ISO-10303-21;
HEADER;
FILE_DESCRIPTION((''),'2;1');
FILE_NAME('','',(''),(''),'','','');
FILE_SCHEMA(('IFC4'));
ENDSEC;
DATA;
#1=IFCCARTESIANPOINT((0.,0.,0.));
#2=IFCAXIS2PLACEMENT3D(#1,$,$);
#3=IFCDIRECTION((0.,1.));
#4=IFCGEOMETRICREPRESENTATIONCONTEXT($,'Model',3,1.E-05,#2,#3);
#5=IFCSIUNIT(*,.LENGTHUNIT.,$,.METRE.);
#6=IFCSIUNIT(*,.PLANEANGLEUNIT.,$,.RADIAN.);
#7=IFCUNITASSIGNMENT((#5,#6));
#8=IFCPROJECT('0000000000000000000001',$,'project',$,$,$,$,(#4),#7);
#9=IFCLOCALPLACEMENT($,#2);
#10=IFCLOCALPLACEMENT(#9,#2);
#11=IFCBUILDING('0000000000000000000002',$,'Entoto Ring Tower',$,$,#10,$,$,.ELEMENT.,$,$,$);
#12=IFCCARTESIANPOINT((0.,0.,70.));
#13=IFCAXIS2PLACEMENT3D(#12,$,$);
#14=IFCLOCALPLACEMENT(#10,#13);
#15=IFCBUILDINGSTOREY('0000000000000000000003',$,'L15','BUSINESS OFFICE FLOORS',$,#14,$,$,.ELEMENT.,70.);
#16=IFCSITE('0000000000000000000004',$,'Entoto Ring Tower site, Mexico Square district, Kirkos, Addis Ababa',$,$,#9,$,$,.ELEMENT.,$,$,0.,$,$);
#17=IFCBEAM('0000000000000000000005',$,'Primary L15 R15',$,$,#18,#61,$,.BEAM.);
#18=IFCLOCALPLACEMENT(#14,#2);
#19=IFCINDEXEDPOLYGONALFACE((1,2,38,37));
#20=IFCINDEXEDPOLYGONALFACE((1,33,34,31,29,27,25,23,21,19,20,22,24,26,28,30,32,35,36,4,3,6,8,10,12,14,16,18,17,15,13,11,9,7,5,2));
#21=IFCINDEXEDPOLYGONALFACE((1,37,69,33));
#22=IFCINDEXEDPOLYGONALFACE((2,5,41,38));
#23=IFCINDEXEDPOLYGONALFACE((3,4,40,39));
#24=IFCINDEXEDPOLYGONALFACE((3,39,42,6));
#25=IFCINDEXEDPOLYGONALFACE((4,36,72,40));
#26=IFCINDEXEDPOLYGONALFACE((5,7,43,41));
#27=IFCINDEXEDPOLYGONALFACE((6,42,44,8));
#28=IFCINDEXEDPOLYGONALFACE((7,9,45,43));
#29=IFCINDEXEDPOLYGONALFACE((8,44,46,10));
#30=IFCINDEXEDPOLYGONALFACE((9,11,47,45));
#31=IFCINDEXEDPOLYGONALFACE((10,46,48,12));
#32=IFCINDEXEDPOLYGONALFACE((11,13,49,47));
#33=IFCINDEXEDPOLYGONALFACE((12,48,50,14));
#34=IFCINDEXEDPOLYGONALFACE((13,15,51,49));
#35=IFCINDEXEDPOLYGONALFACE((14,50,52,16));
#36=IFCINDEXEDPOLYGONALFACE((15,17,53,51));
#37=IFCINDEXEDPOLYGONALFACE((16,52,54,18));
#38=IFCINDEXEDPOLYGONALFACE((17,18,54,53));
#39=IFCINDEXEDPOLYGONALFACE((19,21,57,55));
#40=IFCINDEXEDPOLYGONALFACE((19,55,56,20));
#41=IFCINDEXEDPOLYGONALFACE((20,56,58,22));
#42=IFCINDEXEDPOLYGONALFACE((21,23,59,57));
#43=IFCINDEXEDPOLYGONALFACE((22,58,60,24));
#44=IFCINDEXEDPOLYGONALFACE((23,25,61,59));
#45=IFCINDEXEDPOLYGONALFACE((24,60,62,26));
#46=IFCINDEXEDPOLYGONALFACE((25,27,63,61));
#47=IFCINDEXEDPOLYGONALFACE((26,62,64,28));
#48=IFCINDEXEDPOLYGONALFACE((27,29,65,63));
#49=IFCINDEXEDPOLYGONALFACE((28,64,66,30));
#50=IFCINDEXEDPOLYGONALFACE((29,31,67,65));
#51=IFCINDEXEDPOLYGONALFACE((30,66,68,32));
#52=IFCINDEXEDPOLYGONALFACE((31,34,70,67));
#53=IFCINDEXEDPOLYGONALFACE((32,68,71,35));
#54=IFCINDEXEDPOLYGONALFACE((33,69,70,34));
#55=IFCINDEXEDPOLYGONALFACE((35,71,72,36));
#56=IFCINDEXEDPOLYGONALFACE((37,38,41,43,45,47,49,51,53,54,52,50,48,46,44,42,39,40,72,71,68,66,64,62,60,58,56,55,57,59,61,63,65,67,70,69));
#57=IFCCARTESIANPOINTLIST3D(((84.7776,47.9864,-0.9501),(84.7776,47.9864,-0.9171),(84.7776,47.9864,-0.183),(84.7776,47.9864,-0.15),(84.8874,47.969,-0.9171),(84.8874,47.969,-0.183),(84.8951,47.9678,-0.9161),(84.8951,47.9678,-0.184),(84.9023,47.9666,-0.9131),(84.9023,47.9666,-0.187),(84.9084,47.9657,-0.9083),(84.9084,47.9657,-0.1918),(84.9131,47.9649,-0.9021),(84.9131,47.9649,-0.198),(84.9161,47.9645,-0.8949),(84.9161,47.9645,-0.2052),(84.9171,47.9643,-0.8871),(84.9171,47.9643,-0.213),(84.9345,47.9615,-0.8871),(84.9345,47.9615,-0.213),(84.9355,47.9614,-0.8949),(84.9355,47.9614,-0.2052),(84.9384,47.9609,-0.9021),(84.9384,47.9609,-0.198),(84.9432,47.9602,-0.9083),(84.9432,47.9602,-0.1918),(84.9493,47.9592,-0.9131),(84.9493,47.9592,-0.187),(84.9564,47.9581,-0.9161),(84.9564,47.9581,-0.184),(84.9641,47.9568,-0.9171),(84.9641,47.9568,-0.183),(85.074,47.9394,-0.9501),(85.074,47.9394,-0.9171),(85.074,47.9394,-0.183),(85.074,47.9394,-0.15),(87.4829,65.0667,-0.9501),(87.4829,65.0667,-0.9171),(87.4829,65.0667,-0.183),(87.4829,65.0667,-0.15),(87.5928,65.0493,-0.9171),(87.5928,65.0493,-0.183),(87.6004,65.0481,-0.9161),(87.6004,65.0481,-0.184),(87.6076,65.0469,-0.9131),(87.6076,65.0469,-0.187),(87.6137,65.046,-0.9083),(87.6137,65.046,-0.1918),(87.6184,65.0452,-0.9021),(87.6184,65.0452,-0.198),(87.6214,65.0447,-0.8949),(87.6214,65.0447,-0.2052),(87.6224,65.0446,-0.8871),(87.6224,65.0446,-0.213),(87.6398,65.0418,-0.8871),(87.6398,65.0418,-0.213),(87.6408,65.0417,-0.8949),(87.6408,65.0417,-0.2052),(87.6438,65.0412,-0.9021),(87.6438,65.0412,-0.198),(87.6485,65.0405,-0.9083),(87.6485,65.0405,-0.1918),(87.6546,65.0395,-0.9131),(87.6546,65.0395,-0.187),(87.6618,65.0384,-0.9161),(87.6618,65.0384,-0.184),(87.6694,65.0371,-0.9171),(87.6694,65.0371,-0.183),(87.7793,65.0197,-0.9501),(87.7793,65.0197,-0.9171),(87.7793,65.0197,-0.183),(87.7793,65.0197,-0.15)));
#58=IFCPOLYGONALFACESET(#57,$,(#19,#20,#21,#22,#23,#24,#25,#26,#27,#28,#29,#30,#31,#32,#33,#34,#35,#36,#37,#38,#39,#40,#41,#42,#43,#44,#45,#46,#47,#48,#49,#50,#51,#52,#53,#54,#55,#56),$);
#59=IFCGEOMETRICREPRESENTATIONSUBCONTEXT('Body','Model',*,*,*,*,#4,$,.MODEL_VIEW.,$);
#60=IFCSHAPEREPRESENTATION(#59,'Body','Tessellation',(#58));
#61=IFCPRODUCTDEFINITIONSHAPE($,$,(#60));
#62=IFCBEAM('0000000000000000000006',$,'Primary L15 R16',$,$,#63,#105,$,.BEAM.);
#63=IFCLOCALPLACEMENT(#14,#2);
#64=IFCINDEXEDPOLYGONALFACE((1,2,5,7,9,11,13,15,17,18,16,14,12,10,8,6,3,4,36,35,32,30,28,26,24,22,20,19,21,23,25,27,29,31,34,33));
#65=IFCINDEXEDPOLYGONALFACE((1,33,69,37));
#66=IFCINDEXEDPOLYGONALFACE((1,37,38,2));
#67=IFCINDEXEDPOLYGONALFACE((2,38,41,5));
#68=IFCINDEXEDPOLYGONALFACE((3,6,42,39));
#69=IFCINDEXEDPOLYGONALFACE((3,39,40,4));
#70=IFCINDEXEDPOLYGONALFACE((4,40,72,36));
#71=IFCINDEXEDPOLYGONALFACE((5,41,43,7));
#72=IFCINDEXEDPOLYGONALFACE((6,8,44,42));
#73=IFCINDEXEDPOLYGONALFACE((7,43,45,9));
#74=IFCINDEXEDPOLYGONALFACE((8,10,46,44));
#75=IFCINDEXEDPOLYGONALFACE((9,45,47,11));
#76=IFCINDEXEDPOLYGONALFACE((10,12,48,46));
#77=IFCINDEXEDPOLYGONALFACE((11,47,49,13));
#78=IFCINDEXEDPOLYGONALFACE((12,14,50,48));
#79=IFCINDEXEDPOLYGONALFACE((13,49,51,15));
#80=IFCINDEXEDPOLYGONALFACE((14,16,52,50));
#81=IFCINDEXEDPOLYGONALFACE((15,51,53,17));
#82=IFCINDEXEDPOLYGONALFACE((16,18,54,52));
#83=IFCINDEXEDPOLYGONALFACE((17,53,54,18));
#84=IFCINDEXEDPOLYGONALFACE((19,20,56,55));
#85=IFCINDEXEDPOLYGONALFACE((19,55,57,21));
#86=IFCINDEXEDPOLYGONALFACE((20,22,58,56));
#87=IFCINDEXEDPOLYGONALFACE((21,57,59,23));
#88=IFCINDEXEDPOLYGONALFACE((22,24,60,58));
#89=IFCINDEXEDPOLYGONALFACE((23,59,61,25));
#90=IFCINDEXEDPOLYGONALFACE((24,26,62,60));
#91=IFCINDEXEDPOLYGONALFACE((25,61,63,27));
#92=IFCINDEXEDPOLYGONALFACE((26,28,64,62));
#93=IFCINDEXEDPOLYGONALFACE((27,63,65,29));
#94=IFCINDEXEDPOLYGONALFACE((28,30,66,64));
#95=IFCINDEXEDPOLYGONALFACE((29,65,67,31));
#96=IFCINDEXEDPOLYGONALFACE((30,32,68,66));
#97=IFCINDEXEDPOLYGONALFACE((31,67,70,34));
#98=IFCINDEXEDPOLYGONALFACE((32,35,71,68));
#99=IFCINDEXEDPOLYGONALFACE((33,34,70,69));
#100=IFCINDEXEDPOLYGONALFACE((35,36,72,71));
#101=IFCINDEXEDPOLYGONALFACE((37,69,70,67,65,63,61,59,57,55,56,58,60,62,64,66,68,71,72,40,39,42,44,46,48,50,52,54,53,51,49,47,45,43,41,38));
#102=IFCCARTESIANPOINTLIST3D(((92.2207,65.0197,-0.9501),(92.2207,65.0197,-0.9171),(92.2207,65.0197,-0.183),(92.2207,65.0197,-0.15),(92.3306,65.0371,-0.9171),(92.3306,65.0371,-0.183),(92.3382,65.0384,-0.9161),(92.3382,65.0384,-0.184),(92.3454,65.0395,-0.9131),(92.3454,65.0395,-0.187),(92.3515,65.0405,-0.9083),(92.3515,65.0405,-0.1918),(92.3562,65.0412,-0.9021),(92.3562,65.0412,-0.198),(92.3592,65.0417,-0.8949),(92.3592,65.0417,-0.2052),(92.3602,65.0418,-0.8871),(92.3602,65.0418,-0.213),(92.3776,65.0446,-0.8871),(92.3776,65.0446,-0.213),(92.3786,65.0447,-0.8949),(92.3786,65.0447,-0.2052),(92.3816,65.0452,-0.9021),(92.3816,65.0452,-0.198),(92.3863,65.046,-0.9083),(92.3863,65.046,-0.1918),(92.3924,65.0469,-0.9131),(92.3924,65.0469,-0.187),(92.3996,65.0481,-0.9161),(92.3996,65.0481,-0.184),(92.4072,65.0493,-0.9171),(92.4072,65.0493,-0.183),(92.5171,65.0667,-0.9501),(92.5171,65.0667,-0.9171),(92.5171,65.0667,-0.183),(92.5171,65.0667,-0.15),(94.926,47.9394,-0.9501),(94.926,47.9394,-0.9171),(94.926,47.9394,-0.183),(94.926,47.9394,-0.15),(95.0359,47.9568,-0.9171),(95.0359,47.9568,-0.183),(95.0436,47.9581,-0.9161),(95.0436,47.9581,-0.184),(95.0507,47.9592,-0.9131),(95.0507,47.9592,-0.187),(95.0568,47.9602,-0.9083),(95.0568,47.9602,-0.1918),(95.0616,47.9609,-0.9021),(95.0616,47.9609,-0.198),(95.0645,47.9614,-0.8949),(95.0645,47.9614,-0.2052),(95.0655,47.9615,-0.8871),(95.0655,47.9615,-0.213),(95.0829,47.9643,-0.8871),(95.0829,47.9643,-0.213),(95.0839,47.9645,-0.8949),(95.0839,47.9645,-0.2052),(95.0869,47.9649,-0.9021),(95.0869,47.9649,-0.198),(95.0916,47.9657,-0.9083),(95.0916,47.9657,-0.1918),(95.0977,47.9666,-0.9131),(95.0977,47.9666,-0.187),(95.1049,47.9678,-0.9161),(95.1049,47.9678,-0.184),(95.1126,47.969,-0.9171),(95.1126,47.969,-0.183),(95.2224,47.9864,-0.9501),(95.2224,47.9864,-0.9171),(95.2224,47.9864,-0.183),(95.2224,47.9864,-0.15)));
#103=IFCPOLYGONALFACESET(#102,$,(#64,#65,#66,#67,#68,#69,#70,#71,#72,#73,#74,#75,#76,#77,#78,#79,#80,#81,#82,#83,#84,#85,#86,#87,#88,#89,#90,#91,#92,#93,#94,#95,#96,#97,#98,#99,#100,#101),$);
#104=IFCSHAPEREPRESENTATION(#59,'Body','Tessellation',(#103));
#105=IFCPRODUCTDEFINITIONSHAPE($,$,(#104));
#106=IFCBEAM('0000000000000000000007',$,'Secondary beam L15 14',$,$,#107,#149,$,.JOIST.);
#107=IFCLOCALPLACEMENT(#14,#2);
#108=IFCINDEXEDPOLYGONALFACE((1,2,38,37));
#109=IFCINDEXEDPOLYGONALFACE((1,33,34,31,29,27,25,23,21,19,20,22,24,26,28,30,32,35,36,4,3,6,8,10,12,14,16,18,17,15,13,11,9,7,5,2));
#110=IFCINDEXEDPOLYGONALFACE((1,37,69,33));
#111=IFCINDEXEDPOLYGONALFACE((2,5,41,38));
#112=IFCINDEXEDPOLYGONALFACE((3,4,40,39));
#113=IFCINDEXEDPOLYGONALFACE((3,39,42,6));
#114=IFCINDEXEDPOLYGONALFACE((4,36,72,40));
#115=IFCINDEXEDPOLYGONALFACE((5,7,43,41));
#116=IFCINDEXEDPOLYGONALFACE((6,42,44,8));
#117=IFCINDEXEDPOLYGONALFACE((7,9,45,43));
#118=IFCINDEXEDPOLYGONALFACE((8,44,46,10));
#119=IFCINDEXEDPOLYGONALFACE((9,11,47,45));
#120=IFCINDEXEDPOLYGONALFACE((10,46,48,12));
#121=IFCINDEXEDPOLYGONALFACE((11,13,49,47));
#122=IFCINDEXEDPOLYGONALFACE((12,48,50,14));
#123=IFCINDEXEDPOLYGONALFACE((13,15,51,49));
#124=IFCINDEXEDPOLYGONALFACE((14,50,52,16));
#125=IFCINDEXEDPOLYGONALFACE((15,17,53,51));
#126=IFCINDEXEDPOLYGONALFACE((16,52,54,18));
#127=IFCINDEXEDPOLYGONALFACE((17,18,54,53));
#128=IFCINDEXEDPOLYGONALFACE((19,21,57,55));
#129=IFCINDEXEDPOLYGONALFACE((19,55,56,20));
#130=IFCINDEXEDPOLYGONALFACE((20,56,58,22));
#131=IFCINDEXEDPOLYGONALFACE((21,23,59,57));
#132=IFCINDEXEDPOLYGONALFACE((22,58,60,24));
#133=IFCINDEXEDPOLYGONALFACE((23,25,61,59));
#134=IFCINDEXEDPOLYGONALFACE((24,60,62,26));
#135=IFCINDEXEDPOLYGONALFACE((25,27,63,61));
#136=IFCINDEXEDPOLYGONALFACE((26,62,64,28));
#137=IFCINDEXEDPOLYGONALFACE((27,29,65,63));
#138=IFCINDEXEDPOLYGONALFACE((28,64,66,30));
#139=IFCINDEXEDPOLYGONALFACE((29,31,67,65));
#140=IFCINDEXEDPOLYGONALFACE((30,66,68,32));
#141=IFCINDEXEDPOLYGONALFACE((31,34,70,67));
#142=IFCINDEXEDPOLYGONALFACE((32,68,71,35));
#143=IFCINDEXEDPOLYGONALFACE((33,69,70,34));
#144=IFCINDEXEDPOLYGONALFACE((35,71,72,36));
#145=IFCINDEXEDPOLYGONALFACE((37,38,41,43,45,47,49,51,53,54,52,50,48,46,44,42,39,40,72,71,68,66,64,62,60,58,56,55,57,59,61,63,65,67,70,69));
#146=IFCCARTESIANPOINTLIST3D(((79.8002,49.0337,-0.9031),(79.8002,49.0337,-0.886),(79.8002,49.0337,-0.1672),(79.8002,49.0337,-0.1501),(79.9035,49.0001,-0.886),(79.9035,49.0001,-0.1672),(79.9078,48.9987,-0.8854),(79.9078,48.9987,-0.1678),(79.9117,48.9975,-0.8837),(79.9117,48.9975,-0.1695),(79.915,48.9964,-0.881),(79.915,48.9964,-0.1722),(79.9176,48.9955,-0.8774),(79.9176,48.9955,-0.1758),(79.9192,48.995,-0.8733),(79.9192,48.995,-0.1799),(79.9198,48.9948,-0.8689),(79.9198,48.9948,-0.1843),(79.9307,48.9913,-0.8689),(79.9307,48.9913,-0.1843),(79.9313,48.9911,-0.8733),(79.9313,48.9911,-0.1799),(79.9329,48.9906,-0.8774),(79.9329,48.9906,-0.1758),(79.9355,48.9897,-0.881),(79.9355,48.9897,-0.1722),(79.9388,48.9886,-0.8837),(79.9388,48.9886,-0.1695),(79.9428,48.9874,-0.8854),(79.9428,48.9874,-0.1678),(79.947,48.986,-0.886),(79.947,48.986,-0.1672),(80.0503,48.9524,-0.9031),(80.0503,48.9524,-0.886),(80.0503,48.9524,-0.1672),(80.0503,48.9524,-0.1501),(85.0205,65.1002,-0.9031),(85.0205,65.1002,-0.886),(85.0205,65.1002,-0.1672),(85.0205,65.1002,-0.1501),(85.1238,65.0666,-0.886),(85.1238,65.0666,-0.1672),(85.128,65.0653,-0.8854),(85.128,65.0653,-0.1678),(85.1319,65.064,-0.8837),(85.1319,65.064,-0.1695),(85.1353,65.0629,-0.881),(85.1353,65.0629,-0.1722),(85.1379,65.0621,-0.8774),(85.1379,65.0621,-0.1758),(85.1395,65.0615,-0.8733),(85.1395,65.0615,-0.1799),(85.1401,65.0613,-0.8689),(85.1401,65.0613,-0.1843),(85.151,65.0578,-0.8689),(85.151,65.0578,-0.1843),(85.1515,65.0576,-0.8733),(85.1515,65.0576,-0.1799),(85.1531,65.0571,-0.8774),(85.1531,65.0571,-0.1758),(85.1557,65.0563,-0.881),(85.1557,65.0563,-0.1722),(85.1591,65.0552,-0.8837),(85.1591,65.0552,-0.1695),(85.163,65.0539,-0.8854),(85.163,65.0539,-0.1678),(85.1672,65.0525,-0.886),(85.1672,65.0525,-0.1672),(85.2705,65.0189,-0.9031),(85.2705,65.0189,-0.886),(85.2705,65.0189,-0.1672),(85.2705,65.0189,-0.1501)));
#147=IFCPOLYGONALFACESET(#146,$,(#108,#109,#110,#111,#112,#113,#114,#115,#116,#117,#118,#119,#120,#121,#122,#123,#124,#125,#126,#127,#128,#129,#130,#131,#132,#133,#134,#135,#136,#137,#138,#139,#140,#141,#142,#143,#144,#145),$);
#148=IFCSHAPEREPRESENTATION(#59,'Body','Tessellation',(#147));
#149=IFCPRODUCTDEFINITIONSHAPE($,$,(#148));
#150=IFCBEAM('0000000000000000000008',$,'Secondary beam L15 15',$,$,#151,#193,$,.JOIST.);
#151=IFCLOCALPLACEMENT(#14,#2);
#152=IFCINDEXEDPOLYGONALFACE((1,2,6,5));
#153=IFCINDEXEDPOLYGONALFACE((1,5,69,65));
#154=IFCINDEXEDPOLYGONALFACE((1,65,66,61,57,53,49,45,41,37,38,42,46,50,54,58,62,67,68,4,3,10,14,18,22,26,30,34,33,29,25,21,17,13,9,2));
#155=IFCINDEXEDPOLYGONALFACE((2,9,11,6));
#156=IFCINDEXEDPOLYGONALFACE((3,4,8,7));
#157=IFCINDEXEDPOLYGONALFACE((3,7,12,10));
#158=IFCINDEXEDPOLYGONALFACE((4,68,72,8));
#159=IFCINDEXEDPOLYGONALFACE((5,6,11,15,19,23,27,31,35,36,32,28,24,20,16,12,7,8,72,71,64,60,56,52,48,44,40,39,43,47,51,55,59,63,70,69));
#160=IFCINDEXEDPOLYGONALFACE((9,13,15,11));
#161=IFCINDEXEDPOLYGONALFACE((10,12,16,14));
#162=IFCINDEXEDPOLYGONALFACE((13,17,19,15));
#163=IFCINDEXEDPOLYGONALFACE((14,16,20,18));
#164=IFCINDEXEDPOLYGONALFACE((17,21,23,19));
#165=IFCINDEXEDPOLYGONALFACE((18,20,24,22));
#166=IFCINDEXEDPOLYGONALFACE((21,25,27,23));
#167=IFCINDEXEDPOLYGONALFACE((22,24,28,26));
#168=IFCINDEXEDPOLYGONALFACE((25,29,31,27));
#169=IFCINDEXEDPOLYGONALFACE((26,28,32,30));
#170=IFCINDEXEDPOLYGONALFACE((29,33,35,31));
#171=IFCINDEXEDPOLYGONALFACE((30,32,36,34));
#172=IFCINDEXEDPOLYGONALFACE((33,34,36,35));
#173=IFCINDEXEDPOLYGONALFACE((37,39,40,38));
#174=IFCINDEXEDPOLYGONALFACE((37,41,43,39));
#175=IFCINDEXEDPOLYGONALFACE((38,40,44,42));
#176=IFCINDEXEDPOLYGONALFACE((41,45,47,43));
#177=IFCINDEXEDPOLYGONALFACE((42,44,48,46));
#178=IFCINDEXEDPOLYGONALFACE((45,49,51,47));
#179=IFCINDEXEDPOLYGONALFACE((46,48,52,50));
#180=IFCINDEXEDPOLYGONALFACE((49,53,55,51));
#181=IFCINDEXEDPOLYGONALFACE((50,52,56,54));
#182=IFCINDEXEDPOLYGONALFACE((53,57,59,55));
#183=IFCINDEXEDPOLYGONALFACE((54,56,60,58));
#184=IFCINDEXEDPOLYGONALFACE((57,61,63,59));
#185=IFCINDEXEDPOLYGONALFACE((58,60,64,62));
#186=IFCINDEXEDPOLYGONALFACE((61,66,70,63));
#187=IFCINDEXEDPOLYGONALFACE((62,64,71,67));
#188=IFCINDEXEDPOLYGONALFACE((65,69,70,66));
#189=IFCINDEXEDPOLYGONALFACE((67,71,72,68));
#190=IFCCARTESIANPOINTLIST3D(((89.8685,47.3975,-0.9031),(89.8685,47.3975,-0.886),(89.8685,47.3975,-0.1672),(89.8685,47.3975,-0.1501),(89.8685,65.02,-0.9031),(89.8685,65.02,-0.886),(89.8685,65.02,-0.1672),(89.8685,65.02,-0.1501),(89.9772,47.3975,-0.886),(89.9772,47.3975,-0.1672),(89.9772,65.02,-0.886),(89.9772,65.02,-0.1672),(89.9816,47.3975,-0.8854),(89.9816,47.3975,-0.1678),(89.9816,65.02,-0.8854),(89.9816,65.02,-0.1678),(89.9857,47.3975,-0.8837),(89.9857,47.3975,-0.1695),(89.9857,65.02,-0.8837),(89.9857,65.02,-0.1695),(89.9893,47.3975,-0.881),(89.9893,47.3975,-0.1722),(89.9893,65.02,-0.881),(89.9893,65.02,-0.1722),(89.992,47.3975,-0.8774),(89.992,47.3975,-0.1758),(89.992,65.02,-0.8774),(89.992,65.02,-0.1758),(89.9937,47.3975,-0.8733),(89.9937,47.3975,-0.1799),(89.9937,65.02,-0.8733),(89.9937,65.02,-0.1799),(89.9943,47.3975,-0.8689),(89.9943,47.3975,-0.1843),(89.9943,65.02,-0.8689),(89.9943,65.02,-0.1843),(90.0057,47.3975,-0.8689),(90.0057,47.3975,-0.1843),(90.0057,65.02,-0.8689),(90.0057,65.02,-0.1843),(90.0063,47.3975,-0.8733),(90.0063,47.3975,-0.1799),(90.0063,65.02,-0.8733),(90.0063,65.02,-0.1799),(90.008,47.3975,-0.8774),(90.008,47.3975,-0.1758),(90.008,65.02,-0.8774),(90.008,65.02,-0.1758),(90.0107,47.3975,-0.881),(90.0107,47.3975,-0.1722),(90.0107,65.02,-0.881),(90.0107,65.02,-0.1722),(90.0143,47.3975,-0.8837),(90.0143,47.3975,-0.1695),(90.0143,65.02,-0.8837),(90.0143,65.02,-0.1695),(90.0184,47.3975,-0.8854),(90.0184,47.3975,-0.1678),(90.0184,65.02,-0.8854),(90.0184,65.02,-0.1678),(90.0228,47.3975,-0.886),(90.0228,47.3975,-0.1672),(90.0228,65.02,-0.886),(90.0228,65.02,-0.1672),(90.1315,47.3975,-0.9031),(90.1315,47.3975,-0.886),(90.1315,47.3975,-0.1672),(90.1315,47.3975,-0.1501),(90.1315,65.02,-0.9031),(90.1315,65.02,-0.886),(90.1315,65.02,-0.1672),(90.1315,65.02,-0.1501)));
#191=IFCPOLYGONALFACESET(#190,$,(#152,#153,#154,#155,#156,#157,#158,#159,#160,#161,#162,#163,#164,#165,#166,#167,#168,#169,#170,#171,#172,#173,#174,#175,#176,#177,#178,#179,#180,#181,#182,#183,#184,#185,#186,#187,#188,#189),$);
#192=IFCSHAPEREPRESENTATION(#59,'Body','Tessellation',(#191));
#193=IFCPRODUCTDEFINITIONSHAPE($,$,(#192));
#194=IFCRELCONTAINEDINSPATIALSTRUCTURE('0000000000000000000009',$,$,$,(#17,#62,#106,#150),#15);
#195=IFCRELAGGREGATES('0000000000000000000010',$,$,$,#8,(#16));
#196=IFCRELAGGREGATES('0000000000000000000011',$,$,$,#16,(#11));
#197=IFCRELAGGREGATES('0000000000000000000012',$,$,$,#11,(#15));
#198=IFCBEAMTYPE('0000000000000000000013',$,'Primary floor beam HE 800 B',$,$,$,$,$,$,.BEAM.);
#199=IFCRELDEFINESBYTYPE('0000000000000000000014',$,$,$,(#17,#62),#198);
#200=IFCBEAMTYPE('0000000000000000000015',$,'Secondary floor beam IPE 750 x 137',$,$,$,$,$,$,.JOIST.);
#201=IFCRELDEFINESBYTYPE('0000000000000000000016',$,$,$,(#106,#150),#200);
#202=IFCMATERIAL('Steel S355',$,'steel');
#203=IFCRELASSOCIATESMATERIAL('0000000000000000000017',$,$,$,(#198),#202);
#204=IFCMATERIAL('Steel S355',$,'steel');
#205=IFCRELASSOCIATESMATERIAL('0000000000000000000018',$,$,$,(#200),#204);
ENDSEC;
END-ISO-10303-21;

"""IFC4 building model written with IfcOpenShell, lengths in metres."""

from ifc_helpers import new_model, si_unit, direction, frame, origin, origin_2d, place, context, subcontext, project, spatial, i_section, extrude, material, material_profile, profile_set, type_object, element, save


model = new_model("IFC4")

# Units and contexts
model_context = context("Model", 3, precision=1e-05, world=origin(), true_north=direction((0.0, 1.0)))
body_context = subcontext(model_context, "Body", "Model", "MODEL_VIEW")
ifc_project = project(units=[si_unit("LENGTHUNIT", "METRE"), si_unit("PLANEANGLEUNIT", "RADIAN")], contexts=[model_context])

# Site, building, storey
site_placement = place(None, origin())
site = spatial("IfcSite", under=ifc_project, at=site_placement, Name="Entoto Ring Tower site, Mexico Square district, Kirkos, Addis Ababa", CompositionType="ELEMENT", RefElevation=0.0)
building_placement = place(site_placement, origin())
building = spatial("IfcBuilding", under=site, at=building_placement, Name="Entoto Ring Tower", CompositionType="ELEMENT")
storey_placement = place(building_placement, frame((0.0, 0.0, 70.0)))
storey = spatial("IfcBuildingStorey", under=building, at=storey_placement, Name="L15", Description="BUSINESS OFFICE FLOORS", CompositionType="ELEMENT", Elevation=70.0)

# Beams
ifc_material_1 = material(Name="Steel S355", Category="steel")
ifc_material_profile_1 = material_profile(ifc_material_1, i_section(OverallWidth=0.3, OverallDepth=0.8, WebThickness=0.0176, FlangeThickness=0.033, FilletRadius=0.03, at=origin_2d()), Name="HE 800 B")
ifc_profile_set_1 = profile_set([ifc_material_profile_1], Name="Steel S355")
beam_type_1 = type_object("IfcBeamType", Name="Primary floor beam HE 800 B", PredefinedType="BEAM", material=ifc_profile_set_1)
for number, where, z_axis, x_axis, name in (
    (1, (87.6311, 65.0432, -0.55), (-0.156438, -0.987688, 0.0), (0.987688, -0.156438, 0.0), "Primary L15 R15"),
    (2, (92.3689, 65.0432, -0.55), (0.156438, -0.987688, 0.0), (0.987688, 0.156438, 0.0), "Primary L15 R16"),
):
    element("IfcBeam", number, at=place(storey_placement, frame(where, z_axis=z_axis, x_axis=x_axis)), inside=storey, type_object=beam_type_1, Name=name, PredefinedType="BEAM", context=body_context, shape_type="SweptSolid", body=[
        extrude(i_section(OverallWidth=0.3, OverallDepth=0.8, WebThickness=0.0176, FlangeThickness=0.033, FilletRadius=0.03, at=origin_2d()), origin(), (0.0, 0.0, 1.0), 17.2932),
    ])
ifc_material_2 = material(Name="Steel S355", Category="steel")
ifc_material_profile_2 = material_profile(ifc_material_2, i_section(OverallWidth=0.2629, OverallDepth=0.7529, WebThickness=0.0115, FlangeThickness=0.0171, FilletRadius=0.0171, at=origin_2d()), Name="IPE 750 x 137")
ifc_profile_set_2 = profile_set([ifc_material_profile_2], Name="Steel S355")
beam_type_2 = type_object("IfcBeamType", Name="Secondary floor beam IPE 750 x 137", PredefinedType="JOIST", material=ifc_profile_set_2)
beam_1_placement = place(storey_placement, frame((85.1455, 65.0596, -0.5266), z_axis=(-0.309013, -0.951058, 0.0), x_axis=(0.951058, -0.309013, 0.0)))
element("IfcBeam", 3, at=beam_1_placement, inside=storey, type_object=beam_type_2, Name="Secondary beam L15 14", PredefinedType="JOIST", context=body_context, shape_type="SweptSolid", body=[
    extrude(i_section(OverallWidth=0.2629, OverallDepth=0.7529, WebThickness=0.0115, FlangeThickness=0.0171, FilletRadius=0.0171, at=origin_2d()), origin(), (0.0, 0.0, 1.0), 16.8933),
])
beam_2_placement = place(storey_placement, frame((90.0, 65.02, -0.5266), z_axis=(0.0, -1.0, 0.0), x_axis=(1.0, 0.0, 0.0)))
element("IfcBeam", 4, at=beam_2_placement, inside=storey, type_object=beam_type_2, Name="Secondary beam L15 15", PredefinedType="JOIST", context=body_context, shape_type="SweptSolid", body=[
    extrude(i_section(OverallWidth=0.2629, OverallDepth=0.7529, WebThickness=0.0115, FlangeThickness=0.0171, FilletRadius=0.0171, at=origin_2d()), origin(), (0.0, 0.0, 1.0), 17.6226),
])

save(model, "model.ifc")
